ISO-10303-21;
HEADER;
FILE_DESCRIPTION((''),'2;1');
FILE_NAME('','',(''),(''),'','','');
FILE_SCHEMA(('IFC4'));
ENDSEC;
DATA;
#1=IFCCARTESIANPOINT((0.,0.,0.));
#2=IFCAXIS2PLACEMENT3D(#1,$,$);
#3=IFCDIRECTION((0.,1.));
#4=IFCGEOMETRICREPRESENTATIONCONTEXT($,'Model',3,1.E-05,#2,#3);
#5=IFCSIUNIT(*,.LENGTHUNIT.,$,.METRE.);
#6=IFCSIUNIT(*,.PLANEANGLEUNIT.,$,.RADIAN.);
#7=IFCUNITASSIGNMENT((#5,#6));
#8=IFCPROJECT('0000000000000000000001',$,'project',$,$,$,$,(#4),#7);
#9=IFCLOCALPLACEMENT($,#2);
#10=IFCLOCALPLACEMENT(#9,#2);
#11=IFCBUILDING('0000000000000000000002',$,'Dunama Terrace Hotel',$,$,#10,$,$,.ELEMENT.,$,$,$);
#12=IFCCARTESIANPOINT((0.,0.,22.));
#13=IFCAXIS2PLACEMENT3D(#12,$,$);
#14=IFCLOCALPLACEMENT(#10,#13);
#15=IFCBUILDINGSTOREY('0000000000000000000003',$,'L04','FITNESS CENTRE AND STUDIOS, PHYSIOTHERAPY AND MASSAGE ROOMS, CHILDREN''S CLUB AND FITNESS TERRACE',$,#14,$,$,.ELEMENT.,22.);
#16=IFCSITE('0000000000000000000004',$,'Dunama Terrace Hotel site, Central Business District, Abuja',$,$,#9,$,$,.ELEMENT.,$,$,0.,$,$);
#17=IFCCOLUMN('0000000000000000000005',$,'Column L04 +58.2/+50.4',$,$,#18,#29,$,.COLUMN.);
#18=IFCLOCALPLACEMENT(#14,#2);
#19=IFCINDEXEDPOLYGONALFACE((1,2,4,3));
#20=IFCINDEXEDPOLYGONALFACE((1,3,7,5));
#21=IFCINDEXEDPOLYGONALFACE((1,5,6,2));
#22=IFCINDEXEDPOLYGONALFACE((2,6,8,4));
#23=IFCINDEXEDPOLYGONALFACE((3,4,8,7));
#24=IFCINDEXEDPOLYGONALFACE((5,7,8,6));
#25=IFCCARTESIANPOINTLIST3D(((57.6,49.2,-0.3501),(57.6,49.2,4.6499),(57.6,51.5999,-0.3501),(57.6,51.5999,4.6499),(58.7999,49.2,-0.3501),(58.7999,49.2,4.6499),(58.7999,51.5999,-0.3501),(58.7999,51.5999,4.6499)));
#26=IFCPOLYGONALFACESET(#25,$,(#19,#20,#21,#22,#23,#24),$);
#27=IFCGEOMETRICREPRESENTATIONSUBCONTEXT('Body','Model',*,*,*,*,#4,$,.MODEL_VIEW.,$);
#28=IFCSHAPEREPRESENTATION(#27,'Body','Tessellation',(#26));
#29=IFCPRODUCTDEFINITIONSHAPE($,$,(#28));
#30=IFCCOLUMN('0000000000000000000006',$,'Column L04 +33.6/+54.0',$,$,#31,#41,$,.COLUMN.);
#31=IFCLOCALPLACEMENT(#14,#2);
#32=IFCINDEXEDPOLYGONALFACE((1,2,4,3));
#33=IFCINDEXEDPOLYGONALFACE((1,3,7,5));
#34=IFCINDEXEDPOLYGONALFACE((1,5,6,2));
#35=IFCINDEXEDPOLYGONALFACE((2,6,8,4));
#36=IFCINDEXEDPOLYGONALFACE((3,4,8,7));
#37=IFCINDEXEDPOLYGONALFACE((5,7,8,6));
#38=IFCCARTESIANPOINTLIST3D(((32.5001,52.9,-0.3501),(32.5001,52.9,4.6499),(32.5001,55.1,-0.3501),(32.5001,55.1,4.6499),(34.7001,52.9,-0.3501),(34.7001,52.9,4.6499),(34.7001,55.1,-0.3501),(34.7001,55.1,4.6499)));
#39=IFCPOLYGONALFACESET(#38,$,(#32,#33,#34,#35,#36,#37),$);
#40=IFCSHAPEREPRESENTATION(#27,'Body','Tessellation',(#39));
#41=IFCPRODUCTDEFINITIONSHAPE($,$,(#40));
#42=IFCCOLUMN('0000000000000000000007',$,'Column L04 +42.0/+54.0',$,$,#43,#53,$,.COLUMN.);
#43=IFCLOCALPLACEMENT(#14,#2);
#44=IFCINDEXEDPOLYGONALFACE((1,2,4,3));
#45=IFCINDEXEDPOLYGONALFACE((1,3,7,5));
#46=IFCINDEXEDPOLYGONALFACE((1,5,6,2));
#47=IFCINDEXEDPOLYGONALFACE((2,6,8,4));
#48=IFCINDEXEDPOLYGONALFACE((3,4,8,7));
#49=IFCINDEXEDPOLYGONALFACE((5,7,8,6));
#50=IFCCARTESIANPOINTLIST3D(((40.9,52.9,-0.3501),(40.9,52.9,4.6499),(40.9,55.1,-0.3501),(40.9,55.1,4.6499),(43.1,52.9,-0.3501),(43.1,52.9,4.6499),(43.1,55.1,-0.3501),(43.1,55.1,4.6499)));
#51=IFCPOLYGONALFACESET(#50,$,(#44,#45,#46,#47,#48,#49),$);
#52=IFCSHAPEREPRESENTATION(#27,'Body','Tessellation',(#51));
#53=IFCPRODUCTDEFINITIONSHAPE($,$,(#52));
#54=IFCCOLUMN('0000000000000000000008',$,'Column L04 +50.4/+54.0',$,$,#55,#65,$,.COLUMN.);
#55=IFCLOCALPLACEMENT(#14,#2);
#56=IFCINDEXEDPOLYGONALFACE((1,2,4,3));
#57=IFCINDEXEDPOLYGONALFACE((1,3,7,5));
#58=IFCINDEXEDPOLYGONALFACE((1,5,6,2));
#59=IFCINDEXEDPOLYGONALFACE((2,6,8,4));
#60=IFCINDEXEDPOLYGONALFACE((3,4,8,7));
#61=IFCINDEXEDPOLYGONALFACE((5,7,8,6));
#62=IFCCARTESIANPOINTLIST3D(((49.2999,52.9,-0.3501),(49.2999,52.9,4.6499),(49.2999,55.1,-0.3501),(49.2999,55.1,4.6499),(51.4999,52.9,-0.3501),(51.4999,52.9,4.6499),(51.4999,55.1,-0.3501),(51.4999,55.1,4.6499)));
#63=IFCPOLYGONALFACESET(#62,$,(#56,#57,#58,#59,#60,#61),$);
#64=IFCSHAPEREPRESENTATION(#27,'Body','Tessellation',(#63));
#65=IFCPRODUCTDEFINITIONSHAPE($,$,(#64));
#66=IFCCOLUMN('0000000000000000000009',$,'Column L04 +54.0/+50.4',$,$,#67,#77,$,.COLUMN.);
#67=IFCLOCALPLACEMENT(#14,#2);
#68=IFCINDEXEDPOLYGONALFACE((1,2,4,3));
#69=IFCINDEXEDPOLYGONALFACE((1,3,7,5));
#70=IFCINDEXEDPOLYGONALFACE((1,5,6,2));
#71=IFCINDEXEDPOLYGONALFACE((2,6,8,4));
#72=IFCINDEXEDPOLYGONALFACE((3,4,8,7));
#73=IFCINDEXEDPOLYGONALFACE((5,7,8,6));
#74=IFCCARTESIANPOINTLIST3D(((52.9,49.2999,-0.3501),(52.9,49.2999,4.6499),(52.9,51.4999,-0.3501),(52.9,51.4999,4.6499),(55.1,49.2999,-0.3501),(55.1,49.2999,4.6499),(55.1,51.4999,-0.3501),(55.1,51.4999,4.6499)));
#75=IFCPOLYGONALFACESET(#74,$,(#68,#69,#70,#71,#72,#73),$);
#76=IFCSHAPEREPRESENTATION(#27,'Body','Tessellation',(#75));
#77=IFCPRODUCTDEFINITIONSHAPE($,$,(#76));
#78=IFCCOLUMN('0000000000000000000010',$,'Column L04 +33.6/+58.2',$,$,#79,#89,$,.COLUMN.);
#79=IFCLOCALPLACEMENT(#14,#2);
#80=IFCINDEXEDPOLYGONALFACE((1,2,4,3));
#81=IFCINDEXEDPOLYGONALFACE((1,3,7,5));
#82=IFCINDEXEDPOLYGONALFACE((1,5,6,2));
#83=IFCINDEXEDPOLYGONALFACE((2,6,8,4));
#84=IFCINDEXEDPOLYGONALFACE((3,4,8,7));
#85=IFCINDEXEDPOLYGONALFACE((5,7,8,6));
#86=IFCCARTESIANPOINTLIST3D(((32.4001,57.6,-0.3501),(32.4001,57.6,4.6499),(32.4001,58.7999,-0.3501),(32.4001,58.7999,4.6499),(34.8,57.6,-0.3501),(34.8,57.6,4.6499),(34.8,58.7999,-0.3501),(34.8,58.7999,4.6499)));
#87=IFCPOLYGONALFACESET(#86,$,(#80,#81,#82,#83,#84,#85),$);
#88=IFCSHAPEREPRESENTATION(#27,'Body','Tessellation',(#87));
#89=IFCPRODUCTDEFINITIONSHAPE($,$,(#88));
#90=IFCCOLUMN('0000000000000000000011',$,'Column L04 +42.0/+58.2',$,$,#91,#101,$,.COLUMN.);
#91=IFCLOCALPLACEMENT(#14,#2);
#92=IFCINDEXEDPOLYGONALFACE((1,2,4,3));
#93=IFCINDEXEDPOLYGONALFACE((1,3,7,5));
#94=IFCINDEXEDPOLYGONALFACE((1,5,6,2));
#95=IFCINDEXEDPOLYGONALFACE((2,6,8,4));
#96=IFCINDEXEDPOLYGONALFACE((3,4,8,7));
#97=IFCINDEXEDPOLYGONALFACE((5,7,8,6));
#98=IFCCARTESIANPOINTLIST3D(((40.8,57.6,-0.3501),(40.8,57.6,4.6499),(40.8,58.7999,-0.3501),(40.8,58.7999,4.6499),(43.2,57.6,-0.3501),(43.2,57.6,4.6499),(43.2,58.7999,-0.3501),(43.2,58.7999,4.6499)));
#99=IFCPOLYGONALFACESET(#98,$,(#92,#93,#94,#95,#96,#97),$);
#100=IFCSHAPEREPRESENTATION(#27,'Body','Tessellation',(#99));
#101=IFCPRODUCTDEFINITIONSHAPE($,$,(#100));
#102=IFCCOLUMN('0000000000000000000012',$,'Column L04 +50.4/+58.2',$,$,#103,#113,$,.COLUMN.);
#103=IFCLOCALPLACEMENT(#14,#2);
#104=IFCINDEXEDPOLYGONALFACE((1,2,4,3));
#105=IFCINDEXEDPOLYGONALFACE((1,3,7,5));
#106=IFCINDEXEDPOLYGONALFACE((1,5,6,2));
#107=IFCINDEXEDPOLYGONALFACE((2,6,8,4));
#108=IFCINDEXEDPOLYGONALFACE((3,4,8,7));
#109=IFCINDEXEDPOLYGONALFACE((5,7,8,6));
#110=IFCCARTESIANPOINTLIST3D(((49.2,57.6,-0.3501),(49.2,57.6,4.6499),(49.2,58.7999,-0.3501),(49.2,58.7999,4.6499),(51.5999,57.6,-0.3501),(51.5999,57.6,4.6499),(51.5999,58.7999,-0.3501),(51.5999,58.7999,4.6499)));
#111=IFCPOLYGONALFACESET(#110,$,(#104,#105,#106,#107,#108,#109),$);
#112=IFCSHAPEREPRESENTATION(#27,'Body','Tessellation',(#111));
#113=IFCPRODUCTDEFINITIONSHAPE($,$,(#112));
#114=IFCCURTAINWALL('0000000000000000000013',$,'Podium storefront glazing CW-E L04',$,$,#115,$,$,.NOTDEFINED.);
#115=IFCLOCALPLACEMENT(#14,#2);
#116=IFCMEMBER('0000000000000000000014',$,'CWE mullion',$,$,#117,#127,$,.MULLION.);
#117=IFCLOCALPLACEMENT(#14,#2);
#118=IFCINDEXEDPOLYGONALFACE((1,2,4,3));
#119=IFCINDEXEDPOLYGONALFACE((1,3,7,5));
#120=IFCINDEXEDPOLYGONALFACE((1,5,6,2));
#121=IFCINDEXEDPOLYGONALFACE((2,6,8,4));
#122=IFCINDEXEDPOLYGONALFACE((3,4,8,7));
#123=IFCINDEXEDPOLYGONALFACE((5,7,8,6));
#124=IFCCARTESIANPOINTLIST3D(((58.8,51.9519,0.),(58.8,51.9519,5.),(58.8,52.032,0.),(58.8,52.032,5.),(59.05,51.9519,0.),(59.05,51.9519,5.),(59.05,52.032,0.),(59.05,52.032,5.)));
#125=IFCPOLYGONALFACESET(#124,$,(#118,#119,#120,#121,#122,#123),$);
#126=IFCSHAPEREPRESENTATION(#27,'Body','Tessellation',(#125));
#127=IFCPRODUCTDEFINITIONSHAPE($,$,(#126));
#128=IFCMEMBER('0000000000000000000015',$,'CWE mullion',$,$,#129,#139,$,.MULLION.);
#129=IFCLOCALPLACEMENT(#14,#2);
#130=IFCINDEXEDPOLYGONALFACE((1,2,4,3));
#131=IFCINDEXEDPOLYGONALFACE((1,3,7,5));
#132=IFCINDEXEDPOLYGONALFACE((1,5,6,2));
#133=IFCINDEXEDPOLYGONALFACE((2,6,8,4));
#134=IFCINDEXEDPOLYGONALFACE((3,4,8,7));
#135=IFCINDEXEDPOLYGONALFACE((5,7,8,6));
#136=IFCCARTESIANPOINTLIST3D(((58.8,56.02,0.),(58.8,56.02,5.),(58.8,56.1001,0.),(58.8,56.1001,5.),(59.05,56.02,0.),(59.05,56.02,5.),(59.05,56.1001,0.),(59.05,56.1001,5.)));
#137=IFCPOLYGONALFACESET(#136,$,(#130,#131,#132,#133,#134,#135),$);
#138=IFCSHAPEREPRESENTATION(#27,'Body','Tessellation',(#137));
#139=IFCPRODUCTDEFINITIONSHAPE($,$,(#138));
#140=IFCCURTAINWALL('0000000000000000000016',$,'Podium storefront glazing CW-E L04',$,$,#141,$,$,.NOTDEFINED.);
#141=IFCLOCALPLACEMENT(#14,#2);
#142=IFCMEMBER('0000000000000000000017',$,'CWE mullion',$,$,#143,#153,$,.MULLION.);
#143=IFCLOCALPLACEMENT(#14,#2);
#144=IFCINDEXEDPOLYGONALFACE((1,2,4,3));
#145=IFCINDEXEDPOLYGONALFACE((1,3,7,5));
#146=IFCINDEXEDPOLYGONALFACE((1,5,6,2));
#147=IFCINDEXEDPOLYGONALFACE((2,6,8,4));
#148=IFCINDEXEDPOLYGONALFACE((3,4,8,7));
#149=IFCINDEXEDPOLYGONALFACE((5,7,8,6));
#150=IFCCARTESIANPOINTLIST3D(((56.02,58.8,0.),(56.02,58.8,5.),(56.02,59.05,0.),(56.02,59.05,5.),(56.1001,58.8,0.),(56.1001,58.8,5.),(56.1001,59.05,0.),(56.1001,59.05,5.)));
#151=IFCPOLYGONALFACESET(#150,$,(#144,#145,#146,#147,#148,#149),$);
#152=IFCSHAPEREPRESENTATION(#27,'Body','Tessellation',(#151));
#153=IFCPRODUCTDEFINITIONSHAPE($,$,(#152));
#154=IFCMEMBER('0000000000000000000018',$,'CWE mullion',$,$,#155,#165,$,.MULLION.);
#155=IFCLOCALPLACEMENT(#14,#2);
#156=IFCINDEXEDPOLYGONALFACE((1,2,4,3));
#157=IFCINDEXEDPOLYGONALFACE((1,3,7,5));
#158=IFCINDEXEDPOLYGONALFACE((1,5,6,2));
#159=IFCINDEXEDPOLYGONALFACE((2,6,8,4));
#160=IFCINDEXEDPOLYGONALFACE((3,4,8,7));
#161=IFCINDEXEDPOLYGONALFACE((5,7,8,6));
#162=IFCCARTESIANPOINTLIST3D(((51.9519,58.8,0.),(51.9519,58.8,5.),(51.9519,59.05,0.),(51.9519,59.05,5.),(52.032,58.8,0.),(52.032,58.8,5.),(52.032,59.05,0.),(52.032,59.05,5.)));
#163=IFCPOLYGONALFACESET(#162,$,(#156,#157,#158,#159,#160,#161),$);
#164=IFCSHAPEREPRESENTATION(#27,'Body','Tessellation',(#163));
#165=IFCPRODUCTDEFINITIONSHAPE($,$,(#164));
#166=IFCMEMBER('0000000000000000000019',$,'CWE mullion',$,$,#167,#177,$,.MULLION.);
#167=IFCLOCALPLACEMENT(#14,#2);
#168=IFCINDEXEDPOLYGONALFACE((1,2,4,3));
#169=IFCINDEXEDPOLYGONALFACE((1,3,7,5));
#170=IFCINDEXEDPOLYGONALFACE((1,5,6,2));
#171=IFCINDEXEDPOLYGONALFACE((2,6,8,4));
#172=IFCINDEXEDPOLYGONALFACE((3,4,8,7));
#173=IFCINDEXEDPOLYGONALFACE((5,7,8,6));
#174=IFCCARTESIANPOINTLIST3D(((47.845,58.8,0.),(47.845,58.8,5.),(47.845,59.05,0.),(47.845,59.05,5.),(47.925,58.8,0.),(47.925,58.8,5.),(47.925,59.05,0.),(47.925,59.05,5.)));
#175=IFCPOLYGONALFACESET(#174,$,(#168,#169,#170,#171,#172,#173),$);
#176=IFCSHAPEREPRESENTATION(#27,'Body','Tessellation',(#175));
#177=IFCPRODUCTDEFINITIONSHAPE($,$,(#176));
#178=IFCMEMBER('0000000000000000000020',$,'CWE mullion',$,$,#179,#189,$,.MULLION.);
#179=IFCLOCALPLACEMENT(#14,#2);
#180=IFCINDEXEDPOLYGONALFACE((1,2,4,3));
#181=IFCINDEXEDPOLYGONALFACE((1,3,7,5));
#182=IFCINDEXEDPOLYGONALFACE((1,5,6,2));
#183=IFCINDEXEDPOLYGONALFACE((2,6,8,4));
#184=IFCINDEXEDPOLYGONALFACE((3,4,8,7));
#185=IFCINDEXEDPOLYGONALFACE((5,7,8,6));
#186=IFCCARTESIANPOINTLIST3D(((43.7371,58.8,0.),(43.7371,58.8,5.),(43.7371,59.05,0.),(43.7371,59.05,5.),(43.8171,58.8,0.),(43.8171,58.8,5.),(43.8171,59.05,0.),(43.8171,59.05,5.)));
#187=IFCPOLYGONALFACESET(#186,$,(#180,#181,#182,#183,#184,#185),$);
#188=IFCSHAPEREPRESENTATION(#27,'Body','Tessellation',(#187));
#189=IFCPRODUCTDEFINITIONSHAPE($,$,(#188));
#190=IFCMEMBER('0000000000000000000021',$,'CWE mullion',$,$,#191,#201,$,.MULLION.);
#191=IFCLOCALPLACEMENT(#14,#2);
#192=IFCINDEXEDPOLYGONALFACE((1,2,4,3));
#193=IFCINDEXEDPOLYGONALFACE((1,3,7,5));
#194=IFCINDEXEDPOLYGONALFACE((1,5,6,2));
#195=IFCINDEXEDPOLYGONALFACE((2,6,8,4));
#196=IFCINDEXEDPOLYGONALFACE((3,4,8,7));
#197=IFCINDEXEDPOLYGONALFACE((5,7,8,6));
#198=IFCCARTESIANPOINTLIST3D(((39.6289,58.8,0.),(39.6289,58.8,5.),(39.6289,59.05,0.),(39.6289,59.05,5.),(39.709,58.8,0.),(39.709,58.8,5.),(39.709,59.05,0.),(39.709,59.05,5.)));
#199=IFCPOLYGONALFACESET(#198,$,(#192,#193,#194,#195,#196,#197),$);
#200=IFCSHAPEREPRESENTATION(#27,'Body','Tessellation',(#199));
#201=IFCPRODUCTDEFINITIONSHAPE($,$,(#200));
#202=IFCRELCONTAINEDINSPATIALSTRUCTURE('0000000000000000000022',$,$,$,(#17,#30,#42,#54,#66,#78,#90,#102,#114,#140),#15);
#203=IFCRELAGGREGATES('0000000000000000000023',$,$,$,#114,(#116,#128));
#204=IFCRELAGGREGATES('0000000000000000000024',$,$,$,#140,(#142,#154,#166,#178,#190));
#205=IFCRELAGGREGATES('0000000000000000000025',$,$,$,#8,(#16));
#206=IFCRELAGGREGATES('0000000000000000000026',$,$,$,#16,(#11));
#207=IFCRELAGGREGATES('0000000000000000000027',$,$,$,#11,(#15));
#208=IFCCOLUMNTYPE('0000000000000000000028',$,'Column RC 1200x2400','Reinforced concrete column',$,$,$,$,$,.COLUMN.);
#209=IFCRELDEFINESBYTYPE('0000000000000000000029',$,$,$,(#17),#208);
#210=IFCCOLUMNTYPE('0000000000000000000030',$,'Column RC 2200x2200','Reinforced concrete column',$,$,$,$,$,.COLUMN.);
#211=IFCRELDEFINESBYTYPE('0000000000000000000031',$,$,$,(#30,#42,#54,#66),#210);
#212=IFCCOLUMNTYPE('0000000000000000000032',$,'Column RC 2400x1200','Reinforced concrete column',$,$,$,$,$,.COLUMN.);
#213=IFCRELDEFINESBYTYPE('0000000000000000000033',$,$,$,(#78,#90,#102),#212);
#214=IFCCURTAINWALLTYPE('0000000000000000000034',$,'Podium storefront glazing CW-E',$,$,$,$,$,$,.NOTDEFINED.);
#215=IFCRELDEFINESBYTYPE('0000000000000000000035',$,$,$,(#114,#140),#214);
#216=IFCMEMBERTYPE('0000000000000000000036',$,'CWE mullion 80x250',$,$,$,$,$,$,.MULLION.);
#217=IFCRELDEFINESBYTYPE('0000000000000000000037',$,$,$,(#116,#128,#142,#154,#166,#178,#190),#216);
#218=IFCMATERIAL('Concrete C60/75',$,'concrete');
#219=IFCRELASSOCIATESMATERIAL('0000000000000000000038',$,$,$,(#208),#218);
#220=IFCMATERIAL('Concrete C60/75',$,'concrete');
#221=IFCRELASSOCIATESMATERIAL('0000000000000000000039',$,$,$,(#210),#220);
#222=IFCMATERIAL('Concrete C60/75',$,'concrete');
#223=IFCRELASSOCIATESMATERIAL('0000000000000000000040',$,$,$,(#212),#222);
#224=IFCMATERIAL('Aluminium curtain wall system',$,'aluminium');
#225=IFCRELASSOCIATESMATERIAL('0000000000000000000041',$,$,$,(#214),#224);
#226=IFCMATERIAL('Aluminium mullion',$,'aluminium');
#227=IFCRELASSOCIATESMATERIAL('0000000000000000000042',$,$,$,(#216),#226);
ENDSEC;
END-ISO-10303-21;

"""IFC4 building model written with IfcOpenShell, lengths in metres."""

from ifc_helpers import new_model, si_unit, direction, frame, origin, origin_2d, place, context, subcontext, project, spatial, rectangle, extrude, material, material_profile, profile_set, type_object, element, aggregate, save


model = new_model("IFC4")

# Units and contexts
model_context = context("Model", 3, precision=1e-05, world=origin(), true_north=direction((0.0, 1.0)))
body_context = subcontext(model_context, "Body", "Model", "MODEL_VIEW")
ifc_project = project(units=[si_unit("LENGTHUNIT", "METRE"), si_unit("PLANEANGLEUNIT", "RADIAN")], contexts=[model_context])

# Site, building, storey
site_placement = place(None, origin())
site = spatial("IfcSite", under=ifc_project, at=site_placement, Name="Dunama Terrace Hotel site, Central Business District, Abuja", CompositionType="ELEMENT", RefElevation=0.0)
building_placement = place(site_placement, origin())
building = spatial("IfcBuilding", under=site, at=building_placement, Name="Dunama Terrace Hotel", CompositionType="ELEMENT")
storey_placement = place(building_placement, frame((0.0, 0.0, 22.0)))
storey = spatial("IfcBuildingStorey", under=building, at=storey_placement, Name="L04", Description="FITNESS CENTRE AND STUDIOS, PHYSIOTHERAPY AND MASSAGE ROOMS, CHILDREN'S CLUB AND FITNESS TERRACE", CompositionType="ELEMENT", Elevation=22.0)

# Columns
ifc_material_1 = material(Name="Concrete C60/75", Category="concrete")
ifc_material_profile_1 = material_profile(ifc_material_1, rectangle(XDim=1.2, YDim=2.3999, at=origin_2d()), Name="RC 1200x2400")
ifc_profile_set_1 = profile_set([ifc_material_profile_1], Name="Concrete C60/75")
column_type_1 = type_object("IfcColumnType", Name="Column RC 1200x2400", Description="Reinforced concrete column", PredefinedType="COLUMN", material=ifc_profile_set_1)
column_placement = place(storey_placement, frame((58.2, 50.3999, -0.3501), z_axis=(0.0, 0.0, 1.0), x_axis=(1.0, 0.0, 0.0)))
element("IfcColumn", 1, at=column_placement, inside=storey, type_object=column_type_1, Name="Column L04 +58.2/+50.4", PredefinedType="COLUMN", context=body_context, shape_type="SweptSolid", body=[
    extrude(rectangle(XDim=1.2, YDim=2.3999, at=origin_2d()), origin(), (0.0, 0.0, 1.0), 5.0),
])
ifc_material_2 = material(Name="Concrete C60/75", Category="concrete")
ifc_material_profile_2 = material_profile(ifc_material_2, rectangle(XDim=2.2, YDim=2.2, at=origin_2d()), Name="RC 2200x2200")
ifc_profile_set_2 = profile_set([ifc_material_profile_2], Name="Concrete C60/75")
column_type_2 = type_object("IfcColumnType", Name="Column RC 2200x2200", Description="Reinforced concrete column", PredefinedType="COLUMN", material=ifc_profile_set_2)
for number, where, z_axis, x_axis, name in (
    (2, (33.6001, 54.0, -0.3501), (0.0, 0.0, 1.0), (1.0, 0.0, 0.0), "Column L04 +33.6/+54.0"),
    (3, (42.0, 54.0, -0.3501), (0.0, 0.0, 1.0), (1.0, 0.0, 0.0), "Column L04 +42.0/+54.0"),
    (4, (50.3999, 54.0, -0.3501), (0.0, 0.0, 1.0), (1.0, 0.0, 0.0), "Column L04 +50.4/+54.0"),
    (5, (54.0, 50.3999, -0.3501), (0.0, 0.0, 1.0), (1.0, 0.0, 0.0), "Column L04 +54.0/+50.4"),
):
    element("IfcColumn", number, at=place(storey_placement, frame(where, z_axis=z_axis, x_axis=x_axis)), inside=storey, type_object=column_type_2, Name=name, PredefinedType="COLUMN", context=body_context, shape_type="SweptSolid", body=[
        extrude(rectangle(XDim=2.2, YDim=2.2, at=origin_2d()), origin(), (0.0, 0.0, 1.0), 5.0),
    ])
ifc_material_3 = material(Name="Concrete C60/75", Category="concrete")
ifc_material_profile_3 = material_profile(ifc_material_3, rectangle(XDim=2.3999, YDim=1.2, at=origin_2d()), Name="RC 2400x1200")
ifc_profile_set_3 = profile_set([ifc_material_profile_3], Name="Concrete C60/75")
column_type_3 = type_object("IfcColumnType", Name="Column RC 2400x1200", Description="Reinforced concrete column", PredefinedType="COLUMN", material=ifc_profile_set_3)
for number, where, z_axis, x_axis, name in (
    (6, (33.6001, 58.2, -0.3501), (0.0, 0.0, 1.0), (1.0, 0.0, 0.0), "Column L04 +33.6/+58.2"),
    (7, (42.0, 58.2, -0.3501), (0.0, 0.0, 1.0), (1.0, 0.0, 0.0), "Column L04 +42.0/+58.2"),
    (8, (50.3999, 58.2, -0.3501), (0.0, 0.0, 1.0), (1.0, 0.0, 0.0), "Column L04 +50.4/+58.2"),
):
    element("IfcColumn", number, at=place(storey_placement, frame(where, z_axis=z_axis, x_axis=x_axis)), inside=storey, type_object=column_type_3, Name=name, PredefinedType="COLUMN", context=body_context, shape_type="SweptSolid", body=[
        extrude(rectangle(XDim=2.3999, YDim=1.2, at=origin_2d()), origin(), (0.0, 0.0, 1.0), 5.0),
    ])

# Curtain walls, members
ifc_material_4 = material(Name="Aluminium curtain wall system", Category="aluminium")
curtain_wall_type = type_object("IfcCurtainWallType", Name="Podium storefront glazing CW-E", PredefinedType="NOTDEFINED", material=ifc_material_4)
curtain_wall_1_placement = place(storey_placement, origin())
curtain_wall_1 = element("IfcCurtainWall", 9, at=curtain_wall_1_placement, inside=storey, type_object=curtain_wall_type, Name="Podium storefront glazing CW-E L04", PredefinedType="NOTDEFINED")
ifc_material_5 = material(Name="Aluminium mullion", Category="aluminium")
ifc_material_profile_4 = material_profile(ifc_material_5, rectangle(XDim=0.0801, YDim=0.25, at=origin_2d()), Name="CWE MULLION 80X250")
ifc_profile_set_4 = profile_set([ifc_material_profile_4], Name="Aluminium mullion")
member_type_1 = type_object("IfcMemberType", Name="CWE mullion 80x250", PredefinedType="MULLION", material=ifc_profile_set_4)
member_1_placement = place(storey_placement, frame((58.925, 51.9919, 0.0), z_axis=(0.0, 0.0, 1.0), x_axis=(0.0, 1.0, 0.0)))
member_1 = element("IfcMember", 10, at=member_1_placement, type_object=member_type_1, Name="CWE mullion", PredefinedType="MULLION", context=body_context, shape_type="SweptSolid", body=[
    extrude(rectangle(XDim=0.0801, YDim=0.25, at=origin_2d()), origin(), (0.0, 0.0, 1.0), 5.0),
])
member_2_placement = place(storey_placement, frame((58.925, 56.0601, 0.0), z_axis=(0.0, 0.0, 1.0), x_axis=(0.0, 1.0, 0.0)))
member_2 = element("IfcMember", 11, at=member_2_placement, type_object=member_type_1, Name="CWE mullion", PredefinedType="MULLION", context=body_context, shape_type="SweptSolid", body=[
    extrude(rectangle(XDim=0.0801, YDim=0.25, at=origin_2d()), origin(), (0.0, 0.0, 1.0), 5.0),
])
curtain_wall_2_placement = place(storey_placement, origin())
curtain_wall_2 = element("IfcCurtainWall", 12, at=curtain_wall_2_placement, inside=storey, type_object=curtain_wall_type, Name="Podium storefront glazing CW-E L04", PredefinedType="NOTDEFINED")
member_3_placement = place(storey_placement, frame((56.0601, 58.925, 0.0), z_axis=(0.0, 0.0, 1.0), x_axis=(-1.0, 0.0, 0.0)))
member_3 = element("IfcMember", 13, at=member_3_placement, type_object=member_type_1, Name="CWE mullion", PredefinedType="MULLION", context=body_context, shape_type="SweptSolid", body=[
    extrude(rectangle(XDim=0.0801, YDim=0.25, at=origin_2d()), origin(), (0.0, 0.0, 1.0), 5.0),
])
member_4_placement = place(storey_placement, frame((51.9919, 58.925, 0.0), z_axis=(0.0, 0.0, 1.0), x_axis=(-1.0, 0.0, 0.0)))
member_4 = element("IfcMember", 14, at=member_4_placement, type_object=member_type_1, Name="CWE mullion", PredefinedType="MULLION", context=body_context, shape_type="SweptSolid", body=[
    extrude(rectangle(XDim=0.0801, YDim=0.25, at=origin_2d()), origin(), (0.0, 0.0, 1.0), 5.0),
])
member_5_placement = place(storey_placement, frame((47.885, 58.925, 0.0), z_axis=(0.0, 0.0, 1.0), x_axis=(-1.0, 0.0, 0.0)))
member_5 = element("IfcMember", 15, at=member_5_placement, type_object=member_type_1, Name="CWE mullion", PredefinedType="MULLION", context=body_context, shape_type="SweptSolid", body=[
    extrude(rectangle(XDim=0.0801, YDim=0.25, at=origin_2d()), origin(), (0.0, 0.0, 1.0), 5.0),
])
member_6_placement = place(storey_placement, frame((43.7771, 58.925, 0.0), z_axis=(0.0, 0.0, 1.0), x_axis=(-1.0, 0.0, 0.0)))
member_6 = element("IfcMember", 16, at=member_6_placement, type_object=member_type_1, Name="CWE mullion", PredefinedType="MULLION", context=body_context, shape_type="SweptSolid", body=[
    extrude(rectangle(XDim=0.0801, YDim=0.25, at=origin_2d()), origin(), (0.0, 0.0, 1.0), 5.0),
])
member_7_placement = place(storey_placement, frame((39.6689, 58.925, 0.0), z_axis=(0.0, 0.0, 1.0), x_axis=(-1.0, 0.0, 0.0)))
member_7 = element("IfcMember", 17, at=member_7_placement, type_object=member_type_1, Name="CWE mullion", PredefinedType="MULLION", context=body_context, shape_type="SweptSolid", body=[
    extrude(rectangle(XDim=0.0801, YDim=0.25, at=origin_2d()), origin(), (0.0, 0.0, 1.0), 5.0),
])

aggregate(curtain_wall_1, [member_1, member_2])
aggregate(curtain_wall_2, [member_3, member_4, member_5, member_6, member_7])

save(model, "model.ifc")
